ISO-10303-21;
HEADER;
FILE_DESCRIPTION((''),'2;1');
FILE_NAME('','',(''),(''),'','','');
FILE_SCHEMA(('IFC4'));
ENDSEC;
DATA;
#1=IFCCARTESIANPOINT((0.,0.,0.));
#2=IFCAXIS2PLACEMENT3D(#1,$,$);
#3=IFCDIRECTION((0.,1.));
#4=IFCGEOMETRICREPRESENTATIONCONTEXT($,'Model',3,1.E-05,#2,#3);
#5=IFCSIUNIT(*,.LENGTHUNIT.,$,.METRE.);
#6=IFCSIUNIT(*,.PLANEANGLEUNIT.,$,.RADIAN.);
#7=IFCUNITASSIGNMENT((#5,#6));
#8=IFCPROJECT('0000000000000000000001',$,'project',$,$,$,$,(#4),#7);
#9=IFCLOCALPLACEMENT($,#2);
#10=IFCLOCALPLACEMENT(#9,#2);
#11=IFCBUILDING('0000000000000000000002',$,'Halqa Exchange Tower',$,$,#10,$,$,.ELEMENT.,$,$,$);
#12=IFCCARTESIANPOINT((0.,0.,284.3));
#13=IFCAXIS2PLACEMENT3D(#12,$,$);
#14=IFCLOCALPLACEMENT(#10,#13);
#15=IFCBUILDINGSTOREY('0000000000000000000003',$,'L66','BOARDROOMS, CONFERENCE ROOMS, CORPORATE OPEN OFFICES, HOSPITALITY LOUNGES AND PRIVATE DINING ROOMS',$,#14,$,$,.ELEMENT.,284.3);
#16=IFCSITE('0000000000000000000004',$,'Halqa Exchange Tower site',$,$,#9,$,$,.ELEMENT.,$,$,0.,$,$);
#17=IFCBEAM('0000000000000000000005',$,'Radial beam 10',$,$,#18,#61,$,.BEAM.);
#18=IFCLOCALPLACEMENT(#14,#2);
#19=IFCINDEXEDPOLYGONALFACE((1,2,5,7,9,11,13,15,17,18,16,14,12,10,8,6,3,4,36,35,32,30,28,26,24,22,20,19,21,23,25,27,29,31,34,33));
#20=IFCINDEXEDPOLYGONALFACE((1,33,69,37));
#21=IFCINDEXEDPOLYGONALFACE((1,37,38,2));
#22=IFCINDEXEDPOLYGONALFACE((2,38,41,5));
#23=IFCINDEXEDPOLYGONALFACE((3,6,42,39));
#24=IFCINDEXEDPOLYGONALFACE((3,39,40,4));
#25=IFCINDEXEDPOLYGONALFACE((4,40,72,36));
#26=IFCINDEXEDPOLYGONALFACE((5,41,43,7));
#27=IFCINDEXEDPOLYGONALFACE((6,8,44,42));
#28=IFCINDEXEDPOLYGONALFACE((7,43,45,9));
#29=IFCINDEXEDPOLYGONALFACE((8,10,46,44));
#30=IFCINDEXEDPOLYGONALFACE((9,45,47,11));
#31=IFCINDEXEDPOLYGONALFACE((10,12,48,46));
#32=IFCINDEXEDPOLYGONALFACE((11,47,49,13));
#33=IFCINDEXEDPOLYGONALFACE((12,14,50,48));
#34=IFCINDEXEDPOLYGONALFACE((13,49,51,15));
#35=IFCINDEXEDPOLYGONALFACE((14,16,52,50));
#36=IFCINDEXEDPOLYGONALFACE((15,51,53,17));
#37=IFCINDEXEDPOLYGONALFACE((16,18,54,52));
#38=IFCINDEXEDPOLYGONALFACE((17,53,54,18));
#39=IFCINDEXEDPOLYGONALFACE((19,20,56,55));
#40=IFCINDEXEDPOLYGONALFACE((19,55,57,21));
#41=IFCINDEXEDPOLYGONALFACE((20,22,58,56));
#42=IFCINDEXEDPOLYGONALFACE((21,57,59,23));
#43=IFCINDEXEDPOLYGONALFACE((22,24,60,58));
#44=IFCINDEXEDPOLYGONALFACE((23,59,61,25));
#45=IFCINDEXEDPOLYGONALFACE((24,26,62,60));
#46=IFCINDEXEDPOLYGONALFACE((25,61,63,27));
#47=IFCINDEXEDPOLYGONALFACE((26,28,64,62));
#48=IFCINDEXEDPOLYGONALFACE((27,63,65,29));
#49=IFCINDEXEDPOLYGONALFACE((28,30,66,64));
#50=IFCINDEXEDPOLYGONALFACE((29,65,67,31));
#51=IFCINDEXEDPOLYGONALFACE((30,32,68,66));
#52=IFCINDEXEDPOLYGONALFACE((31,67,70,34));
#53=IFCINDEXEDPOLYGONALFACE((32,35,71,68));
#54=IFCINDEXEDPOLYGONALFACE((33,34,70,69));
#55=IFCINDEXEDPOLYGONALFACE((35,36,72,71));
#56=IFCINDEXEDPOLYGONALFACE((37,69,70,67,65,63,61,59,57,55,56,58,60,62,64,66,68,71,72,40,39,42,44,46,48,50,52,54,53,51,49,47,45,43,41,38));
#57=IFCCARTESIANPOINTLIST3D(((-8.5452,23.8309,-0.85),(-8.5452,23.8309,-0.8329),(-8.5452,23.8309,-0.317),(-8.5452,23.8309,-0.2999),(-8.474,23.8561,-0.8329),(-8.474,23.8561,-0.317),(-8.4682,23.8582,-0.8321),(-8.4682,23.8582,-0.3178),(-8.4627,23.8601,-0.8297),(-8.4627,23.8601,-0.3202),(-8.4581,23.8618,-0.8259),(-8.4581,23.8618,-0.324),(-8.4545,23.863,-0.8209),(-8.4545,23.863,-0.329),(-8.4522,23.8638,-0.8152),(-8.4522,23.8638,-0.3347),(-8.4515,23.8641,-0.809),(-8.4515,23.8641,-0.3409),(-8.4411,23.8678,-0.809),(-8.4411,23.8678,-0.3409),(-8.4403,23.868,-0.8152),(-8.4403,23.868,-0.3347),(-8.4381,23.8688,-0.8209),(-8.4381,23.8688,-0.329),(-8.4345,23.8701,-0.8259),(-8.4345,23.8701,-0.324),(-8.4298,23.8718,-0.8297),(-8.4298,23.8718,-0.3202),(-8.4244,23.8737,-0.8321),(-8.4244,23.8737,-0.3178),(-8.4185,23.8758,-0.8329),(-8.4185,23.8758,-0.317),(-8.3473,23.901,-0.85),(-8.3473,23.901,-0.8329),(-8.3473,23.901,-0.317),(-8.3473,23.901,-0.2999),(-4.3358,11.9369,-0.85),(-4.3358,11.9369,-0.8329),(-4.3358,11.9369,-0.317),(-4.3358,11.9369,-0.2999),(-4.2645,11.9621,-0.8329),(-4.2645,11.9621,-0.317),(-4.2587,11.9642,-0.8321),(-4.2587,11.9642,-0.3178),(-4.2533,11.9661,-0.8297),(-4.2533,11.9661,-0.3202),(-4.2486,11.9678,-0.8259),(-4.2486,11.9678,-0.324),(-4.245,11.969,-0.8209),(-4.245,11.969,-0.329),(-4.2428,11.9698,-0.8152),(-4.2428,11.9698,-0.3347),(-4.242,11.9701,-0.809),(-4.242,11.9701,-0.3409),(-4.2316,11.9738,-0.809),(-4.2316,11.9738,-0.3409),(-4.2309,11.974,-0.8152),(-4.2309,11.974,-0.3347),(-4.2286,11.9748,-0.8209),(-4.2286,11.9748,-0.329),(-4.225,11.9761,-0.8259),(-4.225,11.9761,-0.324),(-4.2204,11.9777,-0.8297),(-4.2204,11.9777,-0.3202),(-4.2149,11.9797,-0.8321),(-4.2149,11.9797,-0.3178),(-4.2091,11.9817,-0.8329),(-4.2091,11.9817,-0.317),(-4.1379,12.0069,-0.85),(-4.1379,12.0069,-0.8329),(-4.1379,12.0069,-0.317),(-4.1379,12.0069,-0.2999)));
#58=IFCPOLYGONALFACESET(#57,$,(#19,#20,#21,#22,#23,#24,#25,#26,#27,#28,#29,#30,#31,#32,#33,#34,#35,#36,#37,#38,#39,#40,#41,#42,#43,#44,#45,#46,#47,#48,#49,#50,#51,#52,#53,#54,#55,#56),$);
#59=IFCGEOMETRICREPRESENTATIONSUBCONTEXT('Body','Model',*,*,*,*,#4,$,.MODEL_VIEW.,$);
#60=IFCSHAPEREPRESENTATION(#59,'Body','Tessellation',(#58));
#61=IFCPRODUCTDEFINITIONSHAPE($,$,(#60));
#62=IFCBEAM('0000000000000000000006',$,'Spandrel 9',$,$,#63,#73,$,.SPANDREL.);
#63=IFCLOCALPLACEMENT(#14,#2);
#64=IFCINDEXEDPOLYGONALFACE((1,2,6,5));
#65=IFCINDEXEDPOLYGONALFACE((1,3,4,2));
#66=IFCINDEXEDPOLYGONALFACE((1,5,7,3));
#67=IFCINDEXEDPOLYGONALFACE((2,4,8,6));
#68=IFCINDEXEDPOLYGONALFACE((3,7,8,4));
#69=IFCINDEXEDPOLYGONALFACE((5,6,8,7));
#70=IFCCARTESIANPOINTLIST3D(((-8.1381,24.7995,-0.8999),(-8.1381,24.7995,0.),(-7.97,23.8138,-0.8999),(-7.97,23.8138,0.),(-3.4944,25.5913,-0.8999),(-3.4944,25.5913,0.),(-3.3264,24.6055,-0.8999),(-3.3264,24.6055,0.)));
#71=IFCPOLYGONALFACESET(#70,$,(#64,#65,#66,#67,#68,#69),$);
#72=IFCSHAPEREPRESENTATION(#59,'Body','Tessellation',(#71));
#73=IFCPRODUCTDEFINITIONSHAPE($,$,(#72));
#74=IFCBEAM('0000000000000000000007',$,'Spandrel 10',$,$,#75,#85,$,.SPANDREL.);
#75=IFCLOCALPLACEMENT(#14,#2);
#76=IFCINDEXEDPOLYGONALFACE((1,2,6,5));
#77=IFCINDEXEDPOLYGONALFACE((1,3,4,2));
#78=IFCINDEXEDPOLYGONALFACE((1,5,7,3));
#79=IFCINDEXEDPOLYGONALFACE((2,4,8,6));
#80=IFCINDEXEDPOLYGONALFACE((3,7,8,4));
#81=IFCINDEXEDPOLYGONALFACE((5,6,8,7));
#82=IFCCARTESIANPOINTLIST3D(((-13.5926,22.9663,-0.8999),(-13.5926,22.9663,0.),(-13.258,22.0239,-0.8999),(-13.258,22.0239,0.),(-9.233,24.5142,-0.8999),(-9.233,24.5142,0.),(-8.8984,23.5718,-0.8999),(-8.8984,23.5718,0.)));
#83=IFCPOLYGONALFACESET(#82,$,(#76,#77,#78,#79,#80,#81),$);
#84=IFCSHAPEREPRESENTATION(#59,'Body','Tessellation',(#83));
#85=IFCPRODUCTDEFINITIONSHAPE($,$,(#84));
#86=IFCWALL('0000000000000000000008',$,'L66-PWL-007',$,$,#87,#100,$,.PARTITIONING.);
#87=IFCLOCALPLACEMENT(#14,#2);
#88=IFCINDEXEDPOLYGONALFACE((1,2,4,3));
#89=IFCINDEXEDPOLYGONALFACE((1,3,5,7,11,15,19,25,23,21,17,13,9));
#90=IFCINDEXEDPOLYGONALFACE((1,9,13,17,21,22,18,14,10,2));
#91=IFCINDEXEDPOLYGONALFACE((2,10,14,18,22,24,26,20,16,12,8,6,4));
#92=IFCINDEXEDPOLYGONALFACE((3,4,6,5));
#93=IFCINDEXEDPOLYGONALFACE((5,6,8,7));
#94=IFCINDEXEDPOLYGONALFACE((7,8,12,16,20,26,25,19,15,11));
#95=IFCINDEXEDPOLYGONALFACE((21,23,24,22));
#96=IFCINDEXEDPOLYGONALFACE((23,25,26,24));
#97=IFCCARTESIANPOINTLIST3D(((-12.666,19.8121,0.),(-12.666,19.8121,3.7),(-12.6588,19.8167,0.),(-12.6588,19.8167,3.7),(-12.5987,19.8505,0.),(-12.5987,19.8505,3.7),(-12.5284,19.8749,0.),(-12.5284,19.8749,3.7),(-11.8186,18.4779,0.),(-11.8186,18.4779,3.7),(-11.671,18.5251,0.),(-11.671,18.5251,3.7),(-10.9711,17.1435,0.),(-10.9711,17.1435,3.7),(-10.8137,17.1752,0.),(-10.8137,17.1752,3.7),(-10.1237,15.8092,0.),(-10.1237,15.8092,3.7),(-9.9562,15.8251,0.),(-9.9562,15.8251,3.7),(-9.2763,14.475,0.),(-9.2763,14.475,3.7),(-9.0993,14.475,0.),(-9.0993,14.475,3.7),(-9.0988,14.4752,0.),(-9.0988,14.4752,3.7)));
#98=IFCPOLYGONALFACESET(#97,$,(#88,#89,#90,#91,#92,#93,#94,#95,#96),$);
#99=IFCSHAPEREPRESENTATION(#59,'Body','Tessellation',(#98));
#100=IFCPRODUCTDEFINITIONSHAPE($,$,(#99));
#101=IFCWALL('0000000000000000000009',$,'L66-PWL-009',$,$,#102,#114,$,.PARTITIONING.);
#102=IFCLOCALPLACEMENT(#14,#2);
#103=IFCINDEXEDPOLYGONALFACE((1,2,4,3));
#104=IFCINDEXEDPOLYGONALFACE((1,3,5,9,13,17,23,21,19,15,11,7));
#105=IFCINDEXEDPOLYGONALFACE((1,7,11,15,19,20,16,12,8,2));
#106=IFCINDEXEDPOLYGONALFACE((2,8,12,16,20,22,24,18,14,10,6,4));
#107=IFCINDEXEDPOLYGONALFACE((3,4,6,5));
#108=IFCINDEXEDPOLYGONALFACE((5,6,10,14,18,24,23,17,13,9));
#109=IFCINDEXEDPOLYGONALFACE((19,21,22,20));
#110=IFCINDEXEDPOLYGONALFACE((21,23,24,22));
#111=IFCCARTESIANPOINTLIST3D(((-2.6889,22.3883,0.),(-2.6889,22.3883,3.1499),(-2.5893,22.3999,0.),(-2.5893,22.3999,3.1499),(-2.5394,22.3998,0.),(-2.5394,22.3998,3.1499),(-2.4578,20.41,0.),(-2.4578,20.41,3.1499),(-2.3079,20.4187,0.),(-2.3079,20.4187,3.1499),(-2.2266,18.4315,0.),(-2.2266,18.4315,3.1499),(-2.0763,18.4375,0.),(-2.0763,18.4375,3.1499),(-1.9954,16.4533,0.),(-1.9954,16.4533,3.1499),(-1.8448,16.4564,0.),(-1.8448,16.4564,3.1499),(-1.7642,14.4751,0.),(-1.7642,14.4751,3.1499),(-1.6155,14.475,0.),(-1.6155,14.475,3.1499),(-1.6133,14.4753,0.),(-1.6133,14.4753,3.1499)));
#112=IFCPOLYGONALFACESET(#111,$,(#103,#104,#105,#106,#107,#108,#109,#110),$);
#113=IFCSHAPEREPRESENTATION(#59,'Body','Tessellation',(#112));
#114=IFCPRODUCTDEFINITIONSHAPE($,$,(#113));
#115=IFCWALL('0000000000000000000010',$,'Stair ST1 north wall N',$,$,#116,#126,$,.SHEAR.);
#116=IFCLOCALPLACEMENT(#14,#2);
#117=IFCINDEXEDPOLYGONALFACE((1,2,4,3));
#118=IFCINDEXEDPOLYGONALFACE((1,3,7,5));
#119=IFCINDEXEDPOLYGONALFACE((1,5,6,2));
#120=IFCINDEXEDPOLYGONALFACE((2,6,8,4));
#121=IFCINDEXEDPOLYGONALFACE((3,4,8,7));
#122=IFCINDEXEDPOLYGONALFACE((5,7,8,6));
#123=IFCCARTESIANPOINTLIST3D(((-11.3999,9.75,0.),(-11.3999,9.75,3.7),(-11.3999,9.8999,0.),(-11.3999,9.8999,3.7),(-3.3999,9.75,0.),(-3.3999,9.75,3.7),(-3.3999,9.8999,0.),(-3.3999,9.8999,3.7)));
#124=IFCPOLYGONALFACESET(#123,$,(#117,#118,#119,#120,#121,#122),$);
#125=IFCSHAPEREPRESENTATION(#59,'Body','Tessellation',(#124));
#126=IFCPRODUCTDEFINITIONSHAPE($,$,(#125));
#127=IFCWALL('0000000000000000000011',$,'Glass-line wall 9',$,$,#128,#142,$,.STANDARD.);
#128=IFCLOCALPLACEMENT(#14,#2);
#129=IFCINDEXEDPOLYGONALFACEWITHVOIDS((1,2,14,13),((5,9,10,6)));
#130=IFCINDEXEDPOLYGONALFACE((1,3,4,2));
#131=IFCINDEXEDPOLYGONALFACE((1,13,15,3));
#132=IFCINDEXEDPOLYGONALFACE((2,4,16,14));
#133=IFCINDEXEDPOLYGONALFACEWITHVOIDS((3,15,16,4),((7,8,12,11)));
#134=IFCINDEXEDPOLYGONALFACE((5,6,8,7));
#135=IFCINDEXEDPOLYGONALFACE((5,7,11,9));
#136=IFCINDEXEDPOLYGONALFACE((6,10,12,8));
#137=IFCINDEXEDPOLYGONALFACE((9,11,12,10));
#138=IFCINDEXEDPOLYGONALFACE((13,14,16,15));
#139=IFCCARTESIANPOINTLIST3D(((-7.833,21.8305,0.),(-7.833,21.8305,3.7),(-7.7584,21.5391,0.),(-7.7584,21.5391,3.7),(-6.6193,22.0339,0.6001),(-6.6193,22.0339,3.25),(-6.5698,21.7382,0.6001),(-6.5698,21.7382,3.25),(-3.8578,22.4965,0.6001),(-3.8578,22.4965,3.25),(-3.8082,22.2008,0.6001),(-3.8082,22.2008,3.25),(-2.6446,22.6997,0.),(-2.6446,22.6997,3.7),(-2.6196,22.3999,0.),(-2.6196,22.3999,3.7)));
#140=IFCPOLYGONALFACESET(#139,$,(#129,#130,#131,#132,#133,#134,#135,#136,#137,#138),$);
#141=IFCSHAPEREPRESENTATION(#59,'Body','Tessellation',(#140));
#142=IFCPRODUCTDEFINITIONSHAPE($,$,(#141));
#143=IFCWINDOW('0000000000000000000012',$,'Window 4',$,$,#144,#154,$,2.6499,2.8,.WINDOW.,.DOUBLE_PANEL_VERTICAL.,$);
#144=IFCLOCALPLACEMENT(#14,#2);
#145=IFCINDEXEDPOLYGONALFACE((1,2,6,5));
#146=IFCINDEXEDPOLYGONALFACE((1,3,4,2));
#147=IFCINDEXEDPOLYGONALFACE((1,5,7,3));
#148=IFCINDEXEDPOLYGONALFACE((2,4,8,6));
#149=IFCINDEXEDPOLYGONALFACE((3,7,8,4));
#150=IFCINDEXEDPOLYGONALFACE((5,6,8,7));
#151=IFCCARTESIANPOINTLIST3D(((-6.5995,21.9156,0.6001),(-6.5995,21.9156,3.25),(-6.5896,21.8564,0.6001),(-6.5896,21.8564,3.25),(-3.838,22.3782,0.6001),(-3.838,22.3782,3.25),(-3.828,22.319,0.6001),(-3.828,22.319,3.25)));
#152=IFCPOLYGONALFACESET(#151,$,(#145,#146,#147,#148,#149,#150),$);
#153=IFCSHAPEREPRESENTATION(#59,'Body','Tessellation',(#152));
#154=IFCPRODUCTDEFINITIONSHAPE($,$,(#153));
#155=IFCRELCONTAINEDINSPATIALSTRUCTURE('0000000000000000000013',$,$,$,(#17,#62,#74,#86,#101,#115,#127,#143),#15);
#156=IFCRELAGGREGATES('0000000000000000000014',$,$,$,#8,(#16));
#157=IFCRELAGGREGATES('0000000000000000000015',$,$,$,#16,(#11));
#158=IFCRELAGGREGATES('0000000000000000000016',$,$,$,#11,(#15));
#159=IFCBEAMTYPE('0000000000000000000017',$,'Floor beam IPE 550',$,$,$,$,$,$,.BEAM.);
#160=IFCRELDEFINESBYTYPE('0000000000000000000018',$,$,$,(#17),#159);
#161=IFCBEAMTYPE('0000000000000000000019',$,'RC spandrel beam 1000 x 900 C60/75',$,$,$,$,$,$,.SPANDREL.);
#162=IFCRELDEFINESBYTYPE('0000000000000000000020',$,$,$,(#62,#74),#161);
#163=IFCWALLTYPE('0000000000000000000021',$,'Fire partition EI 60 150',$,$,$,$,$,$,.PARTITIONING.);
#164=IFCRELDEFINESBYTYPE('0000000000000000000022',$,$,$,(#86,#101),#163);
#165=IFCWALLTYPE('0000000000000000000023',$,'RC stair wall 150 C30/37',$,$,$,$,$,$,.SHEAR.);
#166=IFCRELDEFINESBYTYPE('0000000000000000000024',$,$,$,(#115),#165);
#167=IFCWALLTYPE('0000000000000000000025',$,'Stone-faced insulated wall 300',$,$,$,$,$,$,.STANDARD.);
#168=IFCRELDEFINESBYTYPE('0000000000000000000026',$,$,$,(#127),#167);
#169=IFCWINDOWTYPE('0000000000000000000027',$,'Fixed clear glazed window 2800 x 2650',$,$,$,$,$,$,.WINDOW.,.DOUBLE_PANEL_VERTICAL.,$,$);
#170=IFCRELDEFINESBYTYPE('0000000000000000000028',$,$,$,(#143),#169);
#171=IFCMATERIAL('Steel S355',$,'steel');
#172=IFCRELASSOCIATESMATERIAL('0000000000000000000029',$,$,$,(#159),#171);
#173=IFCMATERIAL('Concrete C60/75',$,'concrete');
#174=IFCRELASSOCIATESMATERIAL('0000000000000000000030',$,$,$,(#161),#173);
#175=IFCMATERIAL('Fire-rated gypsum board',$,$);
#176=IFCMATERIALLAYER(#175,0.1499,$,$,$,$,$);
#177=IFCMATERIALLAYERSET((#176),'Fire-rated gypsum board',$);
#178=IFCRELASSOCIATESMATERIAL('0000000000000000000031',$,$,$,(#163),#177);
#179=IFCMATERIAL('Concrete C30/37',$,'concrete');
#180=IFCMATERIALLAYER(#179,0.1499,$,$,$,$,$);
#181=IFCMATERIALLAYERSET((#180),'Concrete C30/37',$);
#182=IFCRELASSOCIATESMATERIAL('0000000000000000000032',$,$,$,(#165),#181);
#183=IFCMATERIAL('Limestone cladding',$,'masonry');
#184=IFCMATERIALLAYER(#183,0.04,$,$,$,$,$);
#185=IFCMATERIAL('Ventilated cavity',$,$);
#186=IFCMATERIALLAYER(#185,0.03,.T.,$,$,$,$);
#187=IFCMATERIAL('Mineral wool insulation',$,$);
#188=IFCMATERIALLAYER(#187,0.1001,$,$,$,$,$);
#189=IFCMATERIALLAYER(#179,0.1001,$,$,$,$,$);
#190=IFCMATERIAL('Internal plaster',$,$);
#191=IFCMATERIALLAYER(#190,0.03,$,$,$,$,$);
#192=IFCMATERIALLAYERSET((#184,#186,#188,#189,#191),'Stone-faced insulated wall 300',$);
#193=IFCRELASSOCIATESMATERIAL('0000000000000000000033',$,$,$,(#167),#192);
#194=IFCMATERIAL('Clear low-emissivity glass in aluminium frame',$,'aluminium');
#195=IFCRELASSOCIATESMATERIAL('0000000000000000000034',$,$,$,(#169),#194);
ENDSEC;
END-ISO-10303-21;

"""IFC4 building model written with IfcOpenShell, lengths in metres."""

from ifc_helpers import new_model, si_unit, direction, frame, frame_2d, origin, origin_2d, place, context, subcontext, project, spatial, polyline, rectangle, i_section, outline, extrude, material, layer, layer_set, material_profile, profile_set, type_object, element, fill, save


model = new_model("IFC4")

# Units and contexts
model_context = context("Model", 3, precision=1e-05, world=origin(), true_north=direction((0.0, 1.0)))
body_context = subcontext(model_context, "Body", "Model", "MODEL_VIEW")
ifc_project = project(units=[si_unit("LENGTHUNIT", "METRE"), si_unit("PLANEANGLEUNIT", "RADIAN")], contexts=[model_context])

# Site, building, storey
site_placement = place(None, origin())
site = spatial("IfcSite", under=ifc_project, at=site_placement, Name="Halqa Exchange Tower site", CompositionType="ELEMENT", RefElevation=0.0)
building_placement = place(site_placement, origin())
building = spatial("IfcBuilding", under=site, at=building_placement, Name="Halqa Exchange Tower", CompositionType="ELEMENT")
storey_placement = place(building_placement, frame((0.0, 0.0, 284.3)))
storey = spatial("IfcBuildingStorey", under=building, at=storey_placement, Name="L66", Description="BOARDROOMS, CONFERENCE ROOMS, CORPORATE OPEN OFFICES, HOSPITALITY LOUNGES AND PRIVATE DINING ROOMS", CompositionType="ELEMENT", Elevation=284.3)

# Shared definitions
ifc_material_1 = material(Name="Concrete C60/75", Category="concrete")

# Beams
ifc_material_2 = material(Name="Steel S355", Category="steel")
ifc_material_profile_1 = material_profile(ifc_material_2, i_section(OverallWidth=0.21, OverallDepth=0.55, WebThickness=0.011, FlangeThickness=0.0171, FilletRadius=0.0239, at=origin_2d()), Name="IPE 550")
ifc_profile_set_1 = profile_set([ifc_material_profile_1], Name="Steel S355")
beam_type_1 = type_object("IfcBeamType", Name="Floor beam IPE 550", PredefinedType="BEAM", material=ifc_profile_set_1)
beam_1_placement = place(storey_placement, frame((-4.2368, 11.9719, -0.575), z_axis=(-0.333636, 0.942702, 0.0), x_axis=(-0.942702, -0.333636, 0.0)))
element("IfcBeam", 1, at=beam_1_placement, inside=storey, type_object=beam_type_1, Name="Radial beam 10", PredefinedType="BEAM", context=body_context, shape_type="SweptSolid", body=[
    extrude(i_section(OverallWidth=0.21, OverallDepth=0.55, WebThickness=0.011, FlangeThickness=0.0171, FilletRadius=0.0239, at=origin_2d()), origin(), (0.0, 0.0, 1.0), 12.6169),
])
ifc_material_profile_2 = material_profile(ifc_material_1, rectangle(XDim=1.0, YDim=0.8999, at=origin_2d()), Name="1000 x 900")
ifc_profile_set_2 = profile_set([ifc_material_profile_2], Name="Concrete C60/75")
beam_type_2 = type_object("IfcBeamType", Name="RC spandrel beam 1000 x 900 C60/75", PredefinedType="SPANDREL", material=ifc_profile_set_2)
beam_2_placement = place(storey_placement, frame((-3.4104, 25.0984, -0.45), z_axis=(-0.985775, -0.16807, 0.0), x_axis=(0.16807, -0.985775, 0.0)))
element("IfcBeam", 2, at=beam_2_placement, inside=storey, type_object=beam_type_2, Name="Spandrel 9", PredefinedType="SPANDREL", context=body_context, shape_type="SweptSolid", body=[
    extrude(rectangle(XDim=1.0, YDim=0.8999, at=origin_2d()), origin(), (0.0, 0.0, 1.0), 4.7107),
])
beam_3_placement = place(storey_placement, frame((-9.0657, 24.043, -0.45), z_axis=(-0.942367, -0.334581, 0.0), x_axis=(0.334581, -0.942367, 0.0)))
element("IfcBeam", 3, at=beam_3_placement, inside=storey, type_object=beam_type_2, Name="Spandrel 10", PredefinedType="SPANDREL", context=body_context, shape_type="SweptSolid", body=[
    extrude(rectangle(XDim=1.0, YDim=0.8999, at=origin_2d()), origin(), (0.0, 0.0, 1.0), 4.6262),
])

# Walls
ifc_material_3 = material(Name="Fire-rated gypsum board")
ifc_layer_1 = layer(ifc_material_3, 0.1499)
ifc_layer_set_1 = layer_set([ifc_layer_1], Name="Fire-rated gypsum board")
wall_type_1 = type_object("IfcWallType", Name="Fire partition EI 60 150", PredefinedType="PARTITIONING", material=ifc_layer_set_1)
wall_1_placement = place(storey_placement, frame((-9.1621, 14.4351, 0.0), z_axis=(0.0, 0.0, 1.0), x_axis=(-0.536137, 0.844131, 0.0)))
element("IfcWall", 4, at=wall_1_placement, inside=storey, type_object=wall_type_1, Name="L66-PWL-007", PredefinedType="PARTITIONING", context=body_context, shape_type="SweptSolid", body=[
    extrude(outline(polyline([(0.0, -0.075), (1.5991, -0.075), (3.1985, -0.075), (4.7976, -0.075), (6.3967, -0.075), (6.4138, -0.0024), (6.4175, 0.0664), (6.4175, 0.075), (4.8369, 0.075), (3.2561, 0.075), (1.6755, 0.075), (0.095, 0.075), (0.0, -0.0745), (0.0, -0.075)])), origin(), (0.0, 0.0, 1.0), 3.7),
])
wall_2_placement = place(storey_placement, frame((-1.6877, 14.4666, 0.0), z_axis=(0.0, 0.0, 1.0), x_axis=(-0.116071, 0.993241, 0.0)))
element("IfcWall", 5, at=wall_2_placement, inside=storey, type_object=wall_type_1, Name="L66-PWL-009", PredefinedType="PARTITIONING", context=body_context, shape_type="SweptSolid", body=[
    extrude(outline(polyline([(0.0, -0.075), (1.9946, -0.075), (3.9893, -0.075), (5.9839, -0.075), (7.9785, -0.075), (7.9844, -0.0254), (7.9844, 0.075), (5.9927, 0.075), (4.0007, 0.075), (2.009, 0.075), (0.0173, 0.075), (0.0, -0.0728), (0.0, -0.075)])), origin(), (0.0, 0.0, 1.0), 3.1499),
])
ifc_material_4 = material(Name="Concrete C30/37", Category="concrete")
ifc_layer_2 = layer(ifc_material_4, 0.1499)
ifc_layer_set_2 = layer_set([ifc_layer_2], Name="Concrete C30/37")
wall_type_2 = type_object("IfcWallType", Name="RC stair wall 150 C30/37", PredefinedType="SHEAR", material=ifc_layer_set_2)
wall_3_placement = place(storey_placement, frame((-11.3999, 9.825, 0.0), z_axis=(0.0, 0.0, 1.0), x_axis=(1.0, 0.0, 0.0)))
element("IfcWall", 6, at=wall_3_placement, inside=storey, type_object=wall_type_2, Name="Stair ST1 north wall N", PredefinedType="SHEAR", context=body_context, shape_type="SweptSolid", body=[
    extrude(rectangle(XDim=8.0, YDim=0.1499, at=frame_2d((4.0, 0.0))), origin(), (0.0, 0.0, 1.0), 3.7),
])

# Wall, opening, window
ifc_material_5 = material(Name="Limestone cladding", Category="masonry")
ifc_layer_3 = layer(ifc_material_5, 0.04)
ifc_material_6 = material(Name="Ventilated cavity")
ifc_layer_4 = layer(ifc_material_6, 0.03, ventilated=True)
ifc_material_7 = material(Name="Mineral wool insulation")
ifc_layer_5 = layer(ifc_material_7, 0.1001)
ifc_layer_6 = layer(ifc_material_4, 0.1001)
ifc_material_8 = material(Name="Internal plaster")
ifc_layer_7 = layer(ifc_material_8, 0.03)
ifc_layer_set_3 = layer_set([ifc_layer_3, ifc_layer_4, ifc_layer_5, ifc_layer_6, ifc_layer_7], Name="Stone-faced insulated wall 300")
wall_type_3 = type_object("IfcWallType", Name="Stone-faced insulated wall 300", PredefinedType="STANDARD", material=ifc_layer_set_3)
wall_4_placement = place(storey_placement, frame((-2.6321, 22.5498, 0.0), z_axis=(0.0, 0.0, 1.0), x_axis=(-0.986257, -0.165216, 0.0)))
wall_4 = element("IfcWall", 7, at=wall_4_placement, inside=storey, type_object=wall_type_3, Name="Glass-line wall 9", PredefinedType="STANDARD", context=body_context, shape_type="SweptSolid", body=[
    extrude(outline(polyline([(-0.0125, -0.1499), (5.2483, -0.1499), (5.2229, 0.1499), (0.0125, 0.1499), (-0.0125, -0.1499)])), origin(), (0.0, 0.0, 1.0), 3.7),
])
opening_1_placement = place(wall_4_placement, frame((1.2178, 0.0, 0.6001)))
opening_1 = element("IfcOpeningElement", 8, at=opening_1_placement, cuts=wall_4, PredefinedType="OPENING", context=body_context, shape_type="SweptSolid", body=[
    extrude(rectangle(XDim=2.8, YDim=2.6499, at=frame_2d((1.3999, 1.325))), frame((0.0, 0.1621, 0.0), z_axis=(0.0, -1.0, 0.0), x_axis=(1.0, 0.0, 0.0)), (0.0, 0.0, 1.0), 0.324),
])
ifc_material_9 = material(Name="Clear low-emissivity glass in aluminium frame", Category="aluminium")
window_type = type_object("IfcWindowType", Name="Fixed clear glazed window 2800 x 2650", PartitioningType="DOUBLE_PANEL_VERTICAL", PredefinedType="WINDOW", material=ifc_material_9)
window_1_placement = place(opening_1_placement, origin())
window_1 = element("IfcWindow", 9, at=window_1_placement, inside=storey, type_object=window_type, Name="Window 4", OverallHeight=2.6499, OverallWidth=2.8, PartitioningType="DOUBLE_PANEL_VERTICAL", PredefinedType="WINDOW", context=body_context, shape_type="SweptSolid", body=[
    extrude(rectangle(XDim=2.8, YDim=2.6499, at=frame_2d((1.3999, 1.325))), frame((0.0, 0.03, 0.0), z_axis=(0.0, -1.0, 0.0), x_axis=(1.0, 0.0, 0.0)), (0.0, 0.0, 1.0), 0.0601),
])
fill(opening_1, window_1)

save(model, "model.ifc")
